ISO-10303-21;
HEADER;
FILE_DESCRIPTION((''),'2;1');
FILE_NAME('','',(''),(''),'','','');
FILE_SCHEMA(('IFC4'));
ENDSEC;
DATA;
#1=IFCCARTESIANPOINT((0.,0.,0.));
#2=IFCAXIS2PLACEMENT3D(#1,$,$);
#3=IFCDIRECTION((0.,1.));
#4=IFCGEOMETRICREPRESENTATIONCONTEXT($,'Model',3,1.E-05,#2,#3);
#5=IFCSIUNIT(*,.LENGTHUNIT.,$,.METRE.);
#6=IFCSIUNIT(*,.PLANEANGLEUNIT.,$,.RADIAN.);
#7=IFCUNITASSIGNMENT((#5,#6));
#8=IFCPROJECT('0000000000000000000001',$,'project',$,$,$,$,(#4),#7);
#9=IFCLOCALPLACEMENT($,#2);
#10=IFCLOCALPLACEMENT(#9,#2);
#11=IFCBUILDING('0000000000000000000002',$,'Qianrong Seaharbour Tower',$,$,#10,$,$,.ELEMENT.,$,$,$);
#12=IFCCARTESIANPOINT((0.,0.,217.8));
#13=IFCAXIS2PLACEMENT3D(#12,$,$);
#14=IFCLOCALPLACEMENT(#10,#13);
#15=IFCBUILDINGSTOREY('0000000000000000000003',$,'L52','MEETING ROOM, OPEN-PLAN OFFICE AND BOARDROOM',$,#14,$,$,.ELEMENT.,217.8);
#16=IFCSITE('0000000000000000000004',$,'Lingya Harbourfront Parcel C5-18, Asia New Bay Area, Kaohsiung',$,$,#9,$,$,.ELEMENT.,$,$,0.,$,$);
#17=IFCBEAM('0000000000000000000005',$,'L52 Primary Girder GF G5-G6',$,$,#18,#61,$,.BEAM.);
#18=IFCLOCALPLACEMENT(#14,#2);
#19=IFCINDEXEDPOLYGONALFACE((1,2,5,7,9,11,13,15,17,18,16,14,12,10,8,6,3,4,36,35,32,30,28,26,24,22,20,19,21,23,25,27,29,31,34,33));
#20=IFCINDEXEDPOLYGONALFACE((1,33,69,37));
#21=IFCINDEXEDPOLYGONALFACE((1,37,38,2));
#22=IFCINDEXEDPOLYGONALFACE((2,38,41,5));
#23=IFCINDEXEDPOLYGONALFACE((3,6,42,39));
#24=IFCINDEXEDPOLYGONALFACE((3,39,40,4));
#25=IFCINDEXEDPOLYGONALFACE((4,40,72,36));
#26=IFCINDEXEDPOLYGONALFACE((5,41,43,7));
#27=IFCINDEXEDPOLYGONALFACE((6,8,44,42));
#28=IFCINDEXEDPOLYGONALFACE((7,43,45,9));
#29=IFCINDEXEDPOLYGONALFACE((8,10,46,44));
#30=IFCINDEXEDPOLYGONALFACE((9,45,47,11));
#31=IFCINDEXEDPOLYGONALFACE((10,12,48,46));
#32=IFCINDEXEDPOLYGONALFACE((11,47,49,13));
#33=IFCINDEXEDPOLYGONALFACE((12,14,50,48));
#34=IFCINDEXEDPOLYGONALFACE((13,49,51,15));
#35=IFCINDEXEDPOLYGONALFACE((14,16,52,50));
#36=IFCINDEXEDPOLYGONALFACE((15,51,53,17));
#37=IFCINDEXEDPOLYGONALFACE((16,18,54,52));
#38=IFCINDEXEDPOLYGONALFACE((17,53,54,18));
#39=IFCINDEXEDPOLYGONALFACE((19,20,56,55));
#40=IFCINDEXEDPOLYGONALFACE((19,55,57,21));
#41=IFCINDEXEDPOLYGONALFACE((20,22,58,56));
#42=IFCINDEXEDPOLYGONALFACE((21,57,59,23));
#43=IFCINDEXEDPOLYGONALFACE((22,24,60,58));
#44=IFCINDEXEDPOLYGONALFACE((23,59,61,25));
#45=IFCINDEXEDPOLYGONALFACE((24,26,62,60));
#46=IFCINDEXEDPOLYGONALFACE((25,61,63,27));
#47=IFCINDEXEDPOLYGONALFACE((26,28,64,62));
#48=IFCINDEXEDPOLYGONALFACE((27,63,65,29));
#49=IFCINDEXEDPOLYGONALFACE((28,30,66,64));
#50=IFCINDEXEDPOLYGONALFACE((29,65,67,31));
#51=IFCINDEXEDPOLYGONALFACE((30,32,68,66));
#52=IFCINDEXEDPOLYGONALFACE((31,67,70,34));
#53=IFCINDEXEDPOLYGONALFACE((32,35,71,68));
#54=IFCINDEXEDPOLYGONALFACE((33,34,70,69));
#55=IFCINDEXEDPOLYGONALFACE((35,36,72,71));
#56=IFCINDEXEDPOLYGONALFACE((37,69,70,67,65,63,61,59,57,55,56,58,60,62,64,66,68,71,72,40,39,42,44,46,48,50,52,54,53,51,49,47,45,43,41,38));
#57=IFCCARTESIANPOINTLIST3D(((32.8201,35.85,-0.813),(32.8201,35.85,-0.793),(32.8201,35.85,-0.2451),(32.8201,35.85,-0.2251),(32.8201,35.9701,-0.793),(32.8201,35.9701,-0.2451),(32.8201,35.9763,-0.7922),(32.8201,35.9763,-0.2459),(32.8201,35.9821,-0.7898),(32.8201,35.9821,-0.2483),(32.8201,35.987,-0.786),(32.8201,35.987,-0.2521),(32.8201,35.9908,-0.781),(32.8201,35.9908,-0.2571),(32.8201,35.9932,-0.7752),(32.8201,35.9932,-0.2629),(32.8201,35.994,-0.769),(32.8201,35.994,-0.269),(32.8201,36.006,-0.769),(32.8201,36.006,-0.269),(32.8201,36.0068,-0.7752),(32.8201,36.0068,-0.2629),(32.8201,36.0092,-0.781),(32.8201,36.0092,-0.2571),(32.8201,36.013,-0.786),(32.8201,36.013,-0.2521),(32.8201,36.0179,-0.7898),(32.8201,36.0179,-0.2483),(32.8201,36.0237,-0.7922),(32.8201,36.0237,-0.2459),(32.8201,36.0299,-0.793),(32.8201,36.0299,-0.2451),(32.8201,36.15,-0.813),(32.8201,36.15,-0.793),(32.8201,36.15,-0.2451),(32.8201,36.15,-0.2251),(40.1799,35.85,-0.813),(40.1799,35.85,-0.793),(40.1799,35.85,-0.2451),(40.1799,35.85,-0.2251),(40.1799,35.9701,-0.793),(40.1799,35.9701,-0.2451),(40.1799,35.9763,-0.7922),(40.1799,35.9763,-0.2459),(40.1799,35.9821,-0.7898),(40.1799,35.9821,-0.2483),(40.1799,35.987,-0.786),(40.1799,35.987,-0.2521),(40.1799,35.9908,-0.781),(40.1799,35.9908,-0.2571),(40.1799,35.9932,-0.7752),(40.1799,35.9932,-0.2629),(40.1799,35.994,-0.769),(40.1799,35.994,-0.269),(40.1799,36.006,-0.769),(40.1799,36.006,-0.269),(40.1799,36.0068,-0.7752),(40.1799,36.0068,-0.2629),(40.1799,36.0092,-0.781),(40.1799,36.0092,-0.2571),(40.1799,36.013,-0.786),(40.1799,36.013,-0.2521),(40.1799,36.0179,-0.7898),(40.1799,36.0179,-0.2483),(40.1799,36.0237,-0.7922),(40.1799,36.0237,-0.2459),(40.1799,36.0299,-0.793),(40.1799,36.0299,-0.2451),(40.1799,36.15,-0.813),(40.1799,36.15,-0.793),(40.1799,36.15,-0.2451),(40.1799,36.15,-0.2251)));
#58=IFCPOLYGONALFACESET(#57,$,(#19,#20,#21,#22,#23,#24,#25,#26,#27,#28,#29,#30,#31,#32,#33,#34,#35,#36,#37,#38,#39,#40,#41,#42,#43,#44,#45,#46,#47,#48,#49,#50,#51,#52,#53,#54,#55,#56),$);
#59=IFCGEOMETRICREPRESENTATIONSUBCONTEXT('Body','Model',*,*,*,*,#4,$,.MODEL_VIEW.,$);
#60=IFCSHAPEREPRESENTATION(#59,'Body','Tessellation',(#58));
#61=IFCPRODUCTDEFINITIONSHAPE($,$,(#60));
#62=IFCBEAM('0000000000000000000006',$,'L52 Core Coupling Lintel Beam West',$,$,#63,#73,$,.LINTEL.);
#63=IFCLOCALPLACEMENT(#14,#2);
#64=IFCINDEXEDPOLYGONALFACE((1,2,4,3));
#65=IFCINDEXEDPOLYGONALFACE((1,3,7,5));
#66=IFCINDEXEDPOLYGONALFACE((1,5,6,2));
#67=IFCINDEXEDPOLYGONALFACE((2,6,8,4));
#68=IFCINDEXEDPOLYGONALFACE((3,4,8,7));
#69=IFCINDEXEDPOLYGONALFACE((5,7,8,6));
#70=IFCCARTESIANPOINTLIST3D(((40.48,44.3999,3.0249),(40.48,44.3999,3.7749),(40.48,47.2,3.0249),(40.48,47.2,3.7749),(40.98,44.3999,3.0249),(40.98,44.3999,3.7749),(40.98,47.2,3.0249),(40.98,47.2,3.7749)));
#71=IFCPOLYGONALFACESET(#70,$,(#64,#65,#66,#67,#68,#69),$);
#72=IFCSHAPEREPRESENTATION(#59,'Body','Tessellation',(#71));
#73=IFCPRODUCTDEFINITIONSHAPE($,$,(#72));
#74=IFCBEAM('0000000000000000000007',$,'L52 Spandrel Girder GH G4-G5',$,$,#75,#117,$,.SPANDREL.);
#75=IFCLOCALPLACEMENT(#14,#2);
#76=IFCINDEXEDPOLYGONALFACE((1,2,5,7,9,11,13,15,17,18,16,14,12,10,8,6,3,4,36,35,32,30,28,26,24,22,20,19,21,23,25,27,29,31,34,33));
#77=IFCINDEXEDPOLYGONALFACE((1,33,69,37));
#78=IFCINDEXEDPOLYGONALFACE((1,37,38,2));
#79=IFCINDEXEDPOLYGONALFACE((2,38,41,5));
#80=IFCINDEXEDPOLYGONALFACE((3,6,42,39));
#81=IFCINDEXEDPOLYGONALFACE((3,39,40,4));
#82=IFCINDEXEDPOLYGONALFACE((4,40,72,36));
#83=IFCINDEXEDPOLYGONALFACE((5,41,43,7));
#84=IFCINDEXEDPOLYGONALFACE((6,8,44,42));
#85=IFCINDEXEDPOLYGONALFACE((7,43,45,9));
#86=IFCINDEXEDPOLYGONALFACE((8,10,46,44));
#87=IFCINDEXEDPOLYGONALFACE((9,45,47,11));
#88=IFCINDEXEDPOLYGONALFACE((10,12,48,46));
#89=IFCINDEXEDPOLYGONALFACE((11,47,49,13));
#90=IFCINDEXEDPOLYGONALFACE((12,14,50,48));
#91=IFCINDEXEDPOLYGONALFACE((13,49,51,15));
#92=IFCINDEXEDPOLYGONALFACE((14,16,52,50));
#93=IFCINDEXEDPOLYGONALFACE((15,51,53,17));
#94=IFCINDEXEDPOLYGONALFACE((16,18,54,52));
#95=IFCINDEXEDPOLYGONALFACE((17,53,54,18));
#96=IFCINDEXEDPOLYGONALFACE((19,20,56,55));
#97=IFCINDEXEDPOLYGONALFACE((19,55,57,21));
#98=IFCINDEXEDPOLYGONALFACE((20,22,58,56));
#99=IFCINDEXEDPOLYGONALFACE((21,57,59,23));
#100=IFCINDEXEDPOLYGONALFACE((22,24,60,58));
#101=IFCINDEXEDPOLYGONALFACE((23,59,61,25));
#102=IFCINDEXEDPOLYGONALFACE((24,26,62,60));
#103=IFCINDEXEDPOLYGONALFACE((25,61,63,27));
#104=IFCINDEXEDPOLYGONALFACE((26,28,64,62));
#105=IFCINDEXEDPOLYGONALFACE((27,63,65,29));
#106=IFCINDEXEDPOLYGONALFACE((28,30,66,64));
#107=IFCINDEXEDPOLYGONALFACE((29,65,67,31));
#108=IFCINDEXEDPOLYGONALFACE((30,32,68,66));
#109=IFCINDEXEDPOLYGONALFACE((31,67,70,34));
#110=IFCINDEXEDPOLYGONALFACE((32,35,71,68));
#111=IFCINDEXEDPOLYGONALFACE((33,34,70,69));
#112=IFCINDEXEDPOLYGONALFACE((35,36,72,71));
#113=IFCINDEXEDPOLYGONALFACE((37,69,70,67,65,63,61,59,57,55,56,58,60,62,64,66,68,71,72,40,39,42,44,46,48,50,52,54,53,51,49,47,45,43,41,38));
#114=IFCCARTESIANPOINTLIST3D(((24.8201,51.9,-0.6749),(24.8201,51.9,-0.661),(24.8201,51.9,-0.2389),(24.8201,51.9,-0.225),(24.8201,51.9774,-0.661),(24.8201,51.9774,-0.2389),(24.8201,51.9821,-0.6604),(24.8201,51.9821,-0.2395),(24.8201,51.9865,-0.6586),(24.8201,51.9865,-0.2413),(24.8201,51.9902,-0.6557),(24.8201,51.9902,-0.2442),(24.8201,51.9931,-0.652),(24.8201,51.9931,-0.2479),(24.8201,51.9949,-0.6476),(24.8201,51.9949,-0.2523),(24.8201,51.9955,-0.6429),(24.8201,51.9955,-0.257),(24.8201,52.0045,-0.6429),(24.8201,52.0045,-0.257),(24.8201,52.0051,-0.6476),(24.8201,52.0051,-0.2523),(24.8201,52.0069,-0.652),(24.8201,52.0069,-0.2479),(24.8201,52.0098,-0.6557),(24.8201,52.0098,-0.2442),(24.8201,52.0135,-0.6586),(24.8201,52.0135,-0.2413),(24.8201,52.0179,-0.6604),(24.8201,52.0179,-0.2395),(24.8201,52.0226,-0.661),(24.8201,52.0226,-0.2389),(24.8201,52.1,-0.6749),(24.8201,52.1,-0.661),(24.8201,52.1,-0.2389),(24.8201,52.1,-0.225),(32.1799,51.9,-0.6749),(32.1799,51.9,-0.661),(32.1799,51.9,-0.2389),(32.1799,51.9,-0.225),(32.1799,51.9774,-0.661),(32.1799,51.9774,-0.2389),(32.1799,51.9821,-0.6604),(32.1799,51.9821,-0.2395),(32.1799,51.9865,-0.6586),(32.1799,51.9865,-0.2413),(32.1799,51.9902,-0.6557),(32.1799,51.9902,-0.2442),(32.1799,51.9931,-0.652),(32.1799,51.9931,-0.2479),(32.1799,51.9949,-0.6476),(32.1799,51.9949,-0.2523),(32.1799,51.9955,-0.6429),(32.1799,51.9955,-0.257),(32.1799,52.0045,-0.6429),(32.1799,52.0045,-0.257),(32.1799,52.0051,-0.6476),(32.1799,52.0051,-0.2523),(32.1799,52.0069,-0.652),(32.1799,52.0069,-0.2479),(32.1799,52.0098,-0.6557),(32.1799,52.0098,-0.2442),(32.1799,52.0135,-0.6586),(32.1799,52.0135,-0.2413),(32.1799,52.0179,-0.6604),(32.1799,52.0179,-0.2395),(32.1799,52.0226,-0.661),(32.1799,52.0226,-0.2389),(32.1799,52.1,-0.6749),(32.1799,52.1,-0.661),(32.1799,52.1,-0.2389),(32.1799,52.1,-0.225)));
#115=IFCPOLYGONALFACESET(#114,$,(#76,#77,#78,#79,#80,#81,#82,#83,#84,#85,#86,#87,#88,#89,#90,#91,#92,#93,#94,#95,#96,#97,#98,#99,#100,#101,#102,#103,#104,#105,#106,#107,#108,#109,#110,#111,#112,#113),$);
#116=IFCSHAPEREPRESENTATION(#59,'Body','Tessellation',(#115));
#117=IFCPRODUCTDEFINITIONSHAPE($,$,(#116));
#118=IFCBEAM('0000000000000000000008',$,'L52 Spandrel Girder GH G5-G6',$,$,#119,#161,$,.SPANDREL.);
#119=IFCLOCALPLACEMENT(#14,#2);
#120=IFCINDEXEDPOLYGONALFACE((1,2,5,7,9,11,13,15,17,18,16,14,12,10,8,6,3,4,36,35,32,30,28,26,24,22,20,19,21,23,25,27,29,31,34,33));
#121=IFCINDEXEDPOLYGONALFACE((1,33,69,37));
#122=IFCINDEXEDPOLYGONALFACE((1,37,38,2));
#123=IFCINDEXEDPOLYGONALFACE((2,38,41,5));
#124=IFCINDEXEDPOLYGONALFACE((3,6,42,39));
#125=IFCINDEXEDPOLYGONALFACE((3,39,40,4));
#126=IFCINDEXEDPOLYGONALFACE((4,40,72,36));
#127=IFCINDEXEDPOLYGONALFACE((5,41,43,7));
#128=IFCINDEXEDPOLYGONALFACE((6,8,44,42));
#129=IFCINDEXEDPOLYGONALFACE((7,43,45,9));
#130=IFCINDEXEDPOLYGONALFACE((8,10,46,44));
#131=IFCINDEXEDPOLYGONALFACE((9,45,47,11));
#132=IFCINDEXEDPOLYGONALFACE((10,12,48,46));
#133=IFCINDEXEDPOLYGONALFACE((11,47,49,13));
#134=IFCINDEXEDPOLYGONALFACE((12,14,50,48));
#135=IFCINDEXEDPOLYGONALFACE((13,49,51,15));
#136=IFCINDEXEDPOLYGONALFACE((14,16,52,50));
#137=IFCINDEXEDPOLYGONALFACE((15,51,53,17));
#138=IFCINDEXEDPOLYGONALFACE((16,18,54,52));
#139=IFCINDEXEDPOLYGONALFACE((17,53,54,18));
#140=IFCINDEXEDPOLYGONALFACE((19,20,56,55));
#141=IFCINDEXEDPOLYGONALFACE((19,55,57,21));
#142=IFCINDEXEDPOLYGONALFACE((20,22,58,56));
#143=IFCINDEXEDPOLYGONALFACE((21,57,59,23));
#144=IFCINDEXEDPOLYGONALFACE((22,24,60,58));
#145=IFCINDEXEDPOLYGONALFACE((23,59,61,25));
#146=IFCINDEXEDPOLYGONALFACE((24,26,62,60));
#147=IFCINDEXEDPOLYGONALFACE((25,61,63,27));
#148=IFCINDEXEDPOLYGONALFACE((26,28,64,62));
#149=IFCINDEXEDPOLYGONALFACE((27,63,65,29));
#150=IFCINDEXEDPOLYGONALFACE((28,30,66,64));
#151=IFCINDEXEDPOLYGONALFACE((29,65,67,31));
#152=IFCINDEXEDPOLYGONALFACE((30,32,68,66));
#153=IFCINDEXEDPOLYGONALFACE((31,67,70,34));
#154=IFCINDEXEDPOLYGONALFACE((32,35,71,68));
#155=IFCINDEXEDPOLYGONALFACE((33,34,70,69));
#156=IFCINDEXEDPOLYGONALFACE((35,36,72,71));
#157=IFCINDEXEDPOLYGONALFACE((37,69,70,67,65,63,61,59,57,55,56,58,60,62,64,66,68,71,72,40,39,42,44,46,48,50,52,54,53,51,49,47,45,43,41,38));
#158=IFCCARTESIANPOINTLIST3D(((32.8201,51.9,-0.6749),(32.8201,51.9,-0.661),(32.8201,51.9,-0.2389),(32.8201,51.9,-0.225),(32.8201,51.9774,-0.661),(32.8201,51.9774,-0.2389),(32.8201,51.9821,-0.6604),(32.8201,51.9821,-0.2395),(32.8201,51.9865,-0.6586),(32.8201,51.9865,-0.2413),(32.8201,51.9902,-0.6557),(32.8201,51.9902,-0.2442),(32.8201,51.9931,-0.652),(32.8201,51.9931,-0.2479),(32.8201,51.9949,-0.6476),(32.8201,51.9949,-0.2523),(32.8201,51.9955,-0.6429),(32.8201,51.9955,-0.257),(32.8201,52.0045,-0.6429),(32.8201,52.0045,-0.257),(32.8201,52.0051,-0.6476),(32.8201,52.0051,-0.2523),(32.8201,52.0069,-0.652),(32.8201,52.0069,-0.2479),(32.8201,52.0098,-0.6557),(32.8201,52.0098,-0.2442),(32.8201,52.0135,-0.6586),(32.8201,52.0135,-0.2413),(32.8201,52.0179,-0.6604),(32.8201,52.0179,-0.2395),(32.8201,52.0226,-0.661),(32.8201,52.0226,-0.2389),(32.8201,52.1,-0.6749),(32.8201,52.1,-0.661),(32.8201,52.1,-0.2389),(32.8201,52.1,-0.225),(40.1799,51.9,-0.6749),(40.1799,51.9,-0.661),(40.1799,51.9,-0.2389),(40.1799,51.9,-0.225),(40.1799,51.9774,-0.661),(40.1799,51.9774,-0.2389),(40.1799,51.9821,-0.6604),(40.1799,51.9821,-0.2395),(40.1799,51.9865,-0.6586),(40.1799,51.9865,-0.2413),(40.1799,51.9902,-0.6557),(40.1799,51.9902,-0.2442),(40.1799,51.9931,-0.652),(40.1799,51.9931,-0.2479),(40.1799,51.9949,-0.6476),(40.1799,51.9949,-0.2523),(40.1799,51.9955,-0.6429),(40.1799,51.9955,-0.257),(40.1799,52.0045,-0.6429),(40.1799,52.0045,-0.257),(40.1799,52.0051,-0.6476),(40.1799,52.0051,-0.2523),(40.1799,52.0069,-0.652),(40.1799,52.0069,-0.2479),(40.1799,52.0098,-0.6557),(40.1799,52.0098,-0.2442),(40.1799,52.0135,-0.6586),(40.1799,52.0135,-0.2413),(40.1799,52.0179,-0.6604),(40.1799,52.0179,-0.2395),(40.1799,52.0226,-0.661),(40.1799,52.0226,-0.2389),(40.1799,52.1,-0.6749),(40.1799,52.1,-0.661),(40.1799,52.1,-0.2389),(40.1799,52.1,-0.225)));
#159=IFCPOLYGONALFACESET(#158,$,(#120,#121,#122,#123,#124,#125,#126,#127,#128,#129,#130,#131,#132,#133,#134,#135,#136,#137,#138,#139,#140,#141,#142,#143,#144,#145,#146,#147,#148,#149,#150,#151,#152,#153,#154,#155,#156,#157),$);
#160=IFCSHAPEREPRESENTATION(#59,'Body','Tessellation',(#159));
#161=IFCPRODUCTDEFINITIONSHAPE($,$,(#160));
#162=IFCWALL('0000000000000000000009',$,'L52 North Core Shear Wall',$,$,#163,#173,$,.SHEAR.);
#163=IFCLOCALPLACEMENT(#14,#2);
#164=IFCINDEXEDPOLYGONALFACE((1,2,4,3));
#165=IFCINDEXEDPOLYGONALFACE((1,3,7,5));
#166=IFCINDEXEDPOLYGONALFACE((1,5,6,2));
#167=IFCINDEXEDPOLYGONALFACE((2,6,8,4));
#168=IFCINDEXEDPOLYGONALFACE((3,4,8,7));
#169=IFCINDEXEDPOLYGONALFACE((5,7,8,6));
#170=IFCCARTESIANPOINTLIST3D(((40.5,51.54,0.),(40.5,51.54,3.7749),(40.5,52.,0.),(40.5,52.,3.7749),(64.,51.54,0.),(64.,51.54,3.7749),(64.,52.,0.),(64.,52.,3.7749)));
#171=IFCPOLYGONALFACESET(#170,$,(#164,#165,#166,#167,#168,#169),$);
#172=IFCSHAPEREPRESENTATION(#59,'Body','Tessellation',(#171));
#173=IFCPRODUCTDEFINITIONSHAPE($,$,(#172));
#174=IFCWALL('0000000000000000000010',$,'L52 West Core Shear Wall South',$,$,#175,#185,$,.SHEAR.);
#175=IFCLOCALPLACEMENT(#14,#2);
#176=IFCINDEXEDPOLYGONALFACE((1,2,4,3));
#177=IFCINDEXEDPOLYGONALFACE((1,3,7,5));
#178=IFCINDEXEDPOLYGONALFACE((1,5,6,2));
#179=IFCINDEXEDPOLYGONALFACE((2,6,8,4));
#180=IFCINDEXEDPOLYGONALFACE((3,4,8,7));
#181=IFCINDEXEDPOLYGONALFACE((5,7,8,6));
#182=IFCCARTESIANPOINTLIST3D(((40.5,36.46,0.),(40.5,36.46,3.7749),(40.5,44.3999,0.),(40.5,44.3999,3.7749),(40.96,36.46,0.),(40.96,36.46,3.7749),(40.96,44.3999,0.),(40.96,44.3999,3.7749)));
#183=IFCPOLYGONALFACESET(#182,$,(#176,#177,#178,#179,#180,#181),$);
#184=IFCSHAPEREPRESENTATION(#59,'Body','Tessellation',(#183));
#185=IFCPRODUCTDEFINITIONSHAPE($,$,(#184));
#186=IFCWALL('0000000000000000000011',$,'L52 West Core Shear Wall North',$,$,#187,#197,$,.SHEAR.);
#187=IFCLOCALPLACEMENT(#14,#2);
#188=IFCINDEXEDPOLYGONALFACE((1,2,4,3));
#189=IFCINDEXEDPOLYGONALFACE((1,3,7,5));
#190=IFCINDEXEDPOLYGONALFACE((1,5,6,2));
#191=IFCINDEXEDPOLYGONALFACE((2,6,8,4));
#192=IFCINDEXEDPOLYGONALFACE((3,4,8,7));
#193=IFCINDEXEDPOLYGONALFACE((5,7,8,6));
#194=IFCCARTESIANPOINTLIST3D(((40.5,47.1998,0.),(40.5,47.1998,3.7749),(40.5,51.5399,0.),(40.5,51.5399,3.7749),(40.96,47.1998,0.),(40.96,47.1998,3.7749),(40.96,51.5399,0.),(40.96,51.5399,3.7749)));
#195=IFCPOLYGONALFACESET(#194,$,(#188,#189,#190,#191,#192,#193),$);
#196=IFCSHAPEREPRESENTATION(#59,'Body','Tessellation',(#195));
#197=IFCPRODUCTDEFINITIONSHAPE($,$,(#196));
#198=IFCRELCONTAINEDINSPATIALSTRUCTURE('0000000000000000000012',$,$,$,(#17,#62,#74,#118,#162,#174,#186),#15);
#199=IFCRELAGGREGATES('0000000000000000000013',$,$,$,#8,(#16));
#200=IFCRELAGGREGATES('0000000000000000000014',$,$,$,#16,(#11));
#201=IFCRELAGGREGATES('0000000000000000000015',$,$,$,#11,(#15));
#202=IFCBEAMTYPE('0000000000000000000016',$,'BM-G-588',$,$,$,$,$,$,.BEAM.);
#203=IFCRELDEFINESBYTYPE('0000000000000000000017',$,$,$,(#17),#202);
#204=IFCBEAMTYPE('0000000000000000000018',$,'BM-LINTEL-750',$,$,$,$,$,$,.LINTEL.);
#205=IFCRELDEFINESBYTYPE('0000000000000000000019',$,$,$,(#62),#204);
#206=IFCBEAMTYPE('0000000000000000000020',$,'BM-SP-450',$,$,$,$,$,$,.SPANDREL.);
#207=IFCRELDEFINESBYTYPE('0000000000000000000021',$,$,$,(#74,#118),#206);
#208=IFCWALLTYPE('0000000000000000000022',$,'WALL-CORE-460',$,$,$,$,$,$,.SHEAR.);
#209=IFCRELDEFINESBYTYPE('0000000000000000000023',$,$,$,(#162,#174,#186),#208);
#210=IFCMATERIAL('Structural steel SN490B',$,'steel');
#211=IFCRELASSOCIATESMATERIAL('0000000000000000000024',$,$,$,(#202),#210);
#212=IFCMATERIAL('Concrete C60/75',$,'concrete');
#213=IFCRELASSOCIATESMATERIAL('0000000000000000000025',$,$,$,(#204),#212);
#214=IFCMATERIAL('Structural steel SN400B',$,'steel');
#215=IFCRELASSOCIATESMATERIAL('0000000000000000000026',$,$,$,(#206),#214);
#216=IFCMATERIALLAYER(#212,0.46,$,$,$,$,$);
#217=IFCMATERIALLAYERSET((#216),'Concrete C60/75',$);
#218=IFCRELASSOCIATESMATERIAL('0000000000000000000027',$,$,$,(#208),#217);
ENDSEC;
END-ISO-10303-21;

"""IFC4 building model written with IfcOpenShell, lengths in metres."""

from ifc_helpers import new_model, si_unit, direction, frame, frame_2d, origin, origin_2d, place, context, subcontext, project, spatial, rectangle, i_section, extrude, material, layer, layer_set, material_profile, profile_set, type_object, element, save


model = new_model("IFC4")

# Units and contexts
model_context = context("Model", 3, precision=1e-05, world=origin(), true_north=direction((0.0, 1.0)))
body_context = subcontext(model_context, "Body", "Model", "MODEL_VIEW")
ifc_project = project(units=[si_unit("LENGTHUNIT", "METRE"), si_unit("PLANEANGLEUNIT", "RADIAN")], contexts=[model_context])

# Site, building, storey
site_placement = place(None, origin())
site = spatial("IfcSite", under=ifc_project, at=site_placement, Name="Lingya Harbourfront Parcel C5-18, Asia New Bay Area, Kaohsiung", CompositionType="ELEMENT", RefElevation=0.0)
building_placement = place(site_placement, origin())
building = spatial("IfcBuilding", under=site, at=building_placement, Name="Qianrong Seaharbour Tower", CompositionType="ELEMENT")
storey_placement = place(building_placement, frame((0.0, 0.0, 217.8)))
storey = spatial("IfcBuildingStorey", under=building, at=storey_placement, Name="L52", Description="MEETING ROOM, OPEN-PLAN OFFICE AND BOARDROOM", CompositionType="ELEMENT", Elevation=217.8)

# Shared definitions
ifc_material_1 = material(Name="Structural steel SN490B", Category="steel")

# Beams
ifc_material_profile_1 = material_profile(ifc_material_1, i_section(OverallWidth=0.3, OverallDepth=0.5879, WebThickness=0.012, FlangeThickness=0.02, FilletRadius=0.0239, at=origin_2d()), Name="H588x300x12x20")
ifc_profile_set_1 = profile_set([ifc_material_profile_1], Name="Structural steel SN490B")
beam_type_1 = type_object("IfcBeamType", Name="BM-G-588", PredefinedType="BEAM", material=ifc_profile_set_1)
beam_1_placement = place(storey_placement, frame((32.8201, 36.0, -0.519), z_axis=(1.0, 0.0, 0.0), x_axis=(0.0, 1.0, 0.0)))
element("IfcBeam", 1, at=beam_1_placement, inside=storey, type_object=beam_type_1, Name="L52 Primary Girder GF G5-G6", PredefinedType="BEAM", context=body_context, shape_type="SweptSolid", body=[
    extrude(i_section(OverallWidth=0.3, OverallDepth=0.5879, WebThickness=0.012, FlangeThickness=0.02, FilletRadius=0.0239, at=origin_2d()), origin(), (0.0, 0.0, 1.0), 7.3599),
])
ifc_material_2 = material(Name="Concrete C60/75", Category="concrete")
ifc_material_profile_2 = material_profile(ifc_material_2, rectangle(XDim=0.5, YDim=0.75, at=origin_2d()), Name="RC500x750")
ifc_profile_set_2 = profile_set([ifc_material_profile_2], Name="Concrete C60/75")
beam_type_2 = type_object("IfcBeamType", Name="BM-LINTEL-750", PredefinedType="LINTEL", material=ifc_profile_set_2)
beam_2_placement = place(storey_placement, frame((40.73, 44.3999, 3.3999), z_axis=(0.0, 1.0, 0.0), x_axis=(-1.0, 0.0, 0.0)))
element("IfcBeam", 2, at=beam_2_placement, inside=storey, type_object=beam_type_2, Name="L52 Core Coupling Lintel Beam West", PredefinedType="LINTEL", context=body_context, shape_type="SweptSolid", body=[
    extrude(rectangle(XDim=0.5, YDim=0.75, at=origin_2d()), origin(), (0.0, 0.0, 1.0), 2.8),
])
ifc_material_3 = material(Name="Structural steel SN400B", Category="steel")
ifc_material_profile_3 = material_profile(ifc_material_3, i_section(OverallWidth=0.2, OverallDepth=0.45, WebThickness=0.009, FlangeThickness=0.0139, FilletRadius=0.0181, at=origin_2d()), Name="H450x200x9x14")
ifc_profile_set_3 = profile_set([ifc_material_profile_3], Name="Structural steel SN400B")
beam_type_3 = type_object("IfcBeamType", Name="BM-SP-450", PredefinedType="SPANDREL", material=ifc_profile_set_3)
for number, where, z_axis, x_axis, name in (
    (3, (24.8201, 52.0, -0.45), (1.0, 0.0, 0.0), (0.0, 1.0, 0.0), "L52 Spandrel Girder GH G4-G5"),
    (4, (32.8201, 52.0, -0.45), (1.0, 0.0, 0.0), (0.0, 1.0, 0.0), "L52 Spandrel Girder GH G5-G6"),
):
    element("IfcBeam", number, at=place(storey_placement, frame(where, z_axis=z_axis, x_axis=x_axis)), inside=storey, type_object=beam_type_3, Name=name, PredefinedType="SPANDREL", context=body_context, shape_type="SweptSolid", body=[
        extrude(i_section(OverallWidth=0.2, OverallDepth=0.45, WebThickness=0.009, FlangeThickness=0.0139, FilletRadius=0.0181, at=origin_2d()), origin(), (0.0, 0.0, 1.0), 7.3599),
    ])

# Walls
ifc_layer_1 = layer(ifc_material_2, 0.46)
ifc_layer_set_1 = layer_set([ifc_layer_1], Name="Concrete C60/75")
wall_type_1 = type_object("IfcWallType", Name="WALL-CORE-460", PredefinedType="SHEAR", material=ifc_layer_set_1)
wall_1_placement = place(storey_placement, frame((40.5, 51.77, 0.0), z_axis=(0.0, 0.0, 1.0), x_axis=(1.0, 0.0, 0.0)))
element("IfcWall", 5, at=wall_1_placement, inside=storey, type_object=wall_type_1, Name="L52 North Core Shear Wall", PredefinedType="SHEAR", context=body_context, shape_type="SweptSolid", body=[
    extrude(rectangle(XDim=23.5, YDim=0.46, at=frame_2d((11.75, 0.0))), origin(), (0.0, 0.0, 1.0), 3.7749),
])
wall_2_placement = place(storey_placement, frame((40.73, 36.46, 0.0), z_axis=(0.0, 0.0, 1.0), x_axis=(0.0, 1.0, 0.0)))
element("IfcWall", 6, at=wall_2_placement, inside=storey, type_object=wall_type_1, Name="L52 West Core Shear Wall South", PredefinedType="SHEAR", context=body_context, shape_type="SweptSolid", body=[
    extrude(rectangle(XDim=7.9399, YDim=0.46, at=frame_2d((3.97, 0.0))), origin(), (0.0, 0.0, 1.0), 3.7749),
])
wall_3_placement = place(storey_placement, frame((40.73, 47.2, 0.0), z_axis=(0.0, 0.0, 1.0), x_axis=(0.0, 1.0, 0.0)))
element("IfcWall", 7, at=wall_3_placement, inside=storey, type_object=wall_type_1, Name="L52 West Core Shear Wall North", PredefinedType="SHEAR", context=body_context, shape_type="SweptSolid", body=[
    extrude(rectangle(XDim=4.3401, YDim=0.46, at=frame_2d((2.1699, 0.0))), origin(), (0.0, 0.0, 1.0), 3.7749),
])

save(model, "model.ifc")
